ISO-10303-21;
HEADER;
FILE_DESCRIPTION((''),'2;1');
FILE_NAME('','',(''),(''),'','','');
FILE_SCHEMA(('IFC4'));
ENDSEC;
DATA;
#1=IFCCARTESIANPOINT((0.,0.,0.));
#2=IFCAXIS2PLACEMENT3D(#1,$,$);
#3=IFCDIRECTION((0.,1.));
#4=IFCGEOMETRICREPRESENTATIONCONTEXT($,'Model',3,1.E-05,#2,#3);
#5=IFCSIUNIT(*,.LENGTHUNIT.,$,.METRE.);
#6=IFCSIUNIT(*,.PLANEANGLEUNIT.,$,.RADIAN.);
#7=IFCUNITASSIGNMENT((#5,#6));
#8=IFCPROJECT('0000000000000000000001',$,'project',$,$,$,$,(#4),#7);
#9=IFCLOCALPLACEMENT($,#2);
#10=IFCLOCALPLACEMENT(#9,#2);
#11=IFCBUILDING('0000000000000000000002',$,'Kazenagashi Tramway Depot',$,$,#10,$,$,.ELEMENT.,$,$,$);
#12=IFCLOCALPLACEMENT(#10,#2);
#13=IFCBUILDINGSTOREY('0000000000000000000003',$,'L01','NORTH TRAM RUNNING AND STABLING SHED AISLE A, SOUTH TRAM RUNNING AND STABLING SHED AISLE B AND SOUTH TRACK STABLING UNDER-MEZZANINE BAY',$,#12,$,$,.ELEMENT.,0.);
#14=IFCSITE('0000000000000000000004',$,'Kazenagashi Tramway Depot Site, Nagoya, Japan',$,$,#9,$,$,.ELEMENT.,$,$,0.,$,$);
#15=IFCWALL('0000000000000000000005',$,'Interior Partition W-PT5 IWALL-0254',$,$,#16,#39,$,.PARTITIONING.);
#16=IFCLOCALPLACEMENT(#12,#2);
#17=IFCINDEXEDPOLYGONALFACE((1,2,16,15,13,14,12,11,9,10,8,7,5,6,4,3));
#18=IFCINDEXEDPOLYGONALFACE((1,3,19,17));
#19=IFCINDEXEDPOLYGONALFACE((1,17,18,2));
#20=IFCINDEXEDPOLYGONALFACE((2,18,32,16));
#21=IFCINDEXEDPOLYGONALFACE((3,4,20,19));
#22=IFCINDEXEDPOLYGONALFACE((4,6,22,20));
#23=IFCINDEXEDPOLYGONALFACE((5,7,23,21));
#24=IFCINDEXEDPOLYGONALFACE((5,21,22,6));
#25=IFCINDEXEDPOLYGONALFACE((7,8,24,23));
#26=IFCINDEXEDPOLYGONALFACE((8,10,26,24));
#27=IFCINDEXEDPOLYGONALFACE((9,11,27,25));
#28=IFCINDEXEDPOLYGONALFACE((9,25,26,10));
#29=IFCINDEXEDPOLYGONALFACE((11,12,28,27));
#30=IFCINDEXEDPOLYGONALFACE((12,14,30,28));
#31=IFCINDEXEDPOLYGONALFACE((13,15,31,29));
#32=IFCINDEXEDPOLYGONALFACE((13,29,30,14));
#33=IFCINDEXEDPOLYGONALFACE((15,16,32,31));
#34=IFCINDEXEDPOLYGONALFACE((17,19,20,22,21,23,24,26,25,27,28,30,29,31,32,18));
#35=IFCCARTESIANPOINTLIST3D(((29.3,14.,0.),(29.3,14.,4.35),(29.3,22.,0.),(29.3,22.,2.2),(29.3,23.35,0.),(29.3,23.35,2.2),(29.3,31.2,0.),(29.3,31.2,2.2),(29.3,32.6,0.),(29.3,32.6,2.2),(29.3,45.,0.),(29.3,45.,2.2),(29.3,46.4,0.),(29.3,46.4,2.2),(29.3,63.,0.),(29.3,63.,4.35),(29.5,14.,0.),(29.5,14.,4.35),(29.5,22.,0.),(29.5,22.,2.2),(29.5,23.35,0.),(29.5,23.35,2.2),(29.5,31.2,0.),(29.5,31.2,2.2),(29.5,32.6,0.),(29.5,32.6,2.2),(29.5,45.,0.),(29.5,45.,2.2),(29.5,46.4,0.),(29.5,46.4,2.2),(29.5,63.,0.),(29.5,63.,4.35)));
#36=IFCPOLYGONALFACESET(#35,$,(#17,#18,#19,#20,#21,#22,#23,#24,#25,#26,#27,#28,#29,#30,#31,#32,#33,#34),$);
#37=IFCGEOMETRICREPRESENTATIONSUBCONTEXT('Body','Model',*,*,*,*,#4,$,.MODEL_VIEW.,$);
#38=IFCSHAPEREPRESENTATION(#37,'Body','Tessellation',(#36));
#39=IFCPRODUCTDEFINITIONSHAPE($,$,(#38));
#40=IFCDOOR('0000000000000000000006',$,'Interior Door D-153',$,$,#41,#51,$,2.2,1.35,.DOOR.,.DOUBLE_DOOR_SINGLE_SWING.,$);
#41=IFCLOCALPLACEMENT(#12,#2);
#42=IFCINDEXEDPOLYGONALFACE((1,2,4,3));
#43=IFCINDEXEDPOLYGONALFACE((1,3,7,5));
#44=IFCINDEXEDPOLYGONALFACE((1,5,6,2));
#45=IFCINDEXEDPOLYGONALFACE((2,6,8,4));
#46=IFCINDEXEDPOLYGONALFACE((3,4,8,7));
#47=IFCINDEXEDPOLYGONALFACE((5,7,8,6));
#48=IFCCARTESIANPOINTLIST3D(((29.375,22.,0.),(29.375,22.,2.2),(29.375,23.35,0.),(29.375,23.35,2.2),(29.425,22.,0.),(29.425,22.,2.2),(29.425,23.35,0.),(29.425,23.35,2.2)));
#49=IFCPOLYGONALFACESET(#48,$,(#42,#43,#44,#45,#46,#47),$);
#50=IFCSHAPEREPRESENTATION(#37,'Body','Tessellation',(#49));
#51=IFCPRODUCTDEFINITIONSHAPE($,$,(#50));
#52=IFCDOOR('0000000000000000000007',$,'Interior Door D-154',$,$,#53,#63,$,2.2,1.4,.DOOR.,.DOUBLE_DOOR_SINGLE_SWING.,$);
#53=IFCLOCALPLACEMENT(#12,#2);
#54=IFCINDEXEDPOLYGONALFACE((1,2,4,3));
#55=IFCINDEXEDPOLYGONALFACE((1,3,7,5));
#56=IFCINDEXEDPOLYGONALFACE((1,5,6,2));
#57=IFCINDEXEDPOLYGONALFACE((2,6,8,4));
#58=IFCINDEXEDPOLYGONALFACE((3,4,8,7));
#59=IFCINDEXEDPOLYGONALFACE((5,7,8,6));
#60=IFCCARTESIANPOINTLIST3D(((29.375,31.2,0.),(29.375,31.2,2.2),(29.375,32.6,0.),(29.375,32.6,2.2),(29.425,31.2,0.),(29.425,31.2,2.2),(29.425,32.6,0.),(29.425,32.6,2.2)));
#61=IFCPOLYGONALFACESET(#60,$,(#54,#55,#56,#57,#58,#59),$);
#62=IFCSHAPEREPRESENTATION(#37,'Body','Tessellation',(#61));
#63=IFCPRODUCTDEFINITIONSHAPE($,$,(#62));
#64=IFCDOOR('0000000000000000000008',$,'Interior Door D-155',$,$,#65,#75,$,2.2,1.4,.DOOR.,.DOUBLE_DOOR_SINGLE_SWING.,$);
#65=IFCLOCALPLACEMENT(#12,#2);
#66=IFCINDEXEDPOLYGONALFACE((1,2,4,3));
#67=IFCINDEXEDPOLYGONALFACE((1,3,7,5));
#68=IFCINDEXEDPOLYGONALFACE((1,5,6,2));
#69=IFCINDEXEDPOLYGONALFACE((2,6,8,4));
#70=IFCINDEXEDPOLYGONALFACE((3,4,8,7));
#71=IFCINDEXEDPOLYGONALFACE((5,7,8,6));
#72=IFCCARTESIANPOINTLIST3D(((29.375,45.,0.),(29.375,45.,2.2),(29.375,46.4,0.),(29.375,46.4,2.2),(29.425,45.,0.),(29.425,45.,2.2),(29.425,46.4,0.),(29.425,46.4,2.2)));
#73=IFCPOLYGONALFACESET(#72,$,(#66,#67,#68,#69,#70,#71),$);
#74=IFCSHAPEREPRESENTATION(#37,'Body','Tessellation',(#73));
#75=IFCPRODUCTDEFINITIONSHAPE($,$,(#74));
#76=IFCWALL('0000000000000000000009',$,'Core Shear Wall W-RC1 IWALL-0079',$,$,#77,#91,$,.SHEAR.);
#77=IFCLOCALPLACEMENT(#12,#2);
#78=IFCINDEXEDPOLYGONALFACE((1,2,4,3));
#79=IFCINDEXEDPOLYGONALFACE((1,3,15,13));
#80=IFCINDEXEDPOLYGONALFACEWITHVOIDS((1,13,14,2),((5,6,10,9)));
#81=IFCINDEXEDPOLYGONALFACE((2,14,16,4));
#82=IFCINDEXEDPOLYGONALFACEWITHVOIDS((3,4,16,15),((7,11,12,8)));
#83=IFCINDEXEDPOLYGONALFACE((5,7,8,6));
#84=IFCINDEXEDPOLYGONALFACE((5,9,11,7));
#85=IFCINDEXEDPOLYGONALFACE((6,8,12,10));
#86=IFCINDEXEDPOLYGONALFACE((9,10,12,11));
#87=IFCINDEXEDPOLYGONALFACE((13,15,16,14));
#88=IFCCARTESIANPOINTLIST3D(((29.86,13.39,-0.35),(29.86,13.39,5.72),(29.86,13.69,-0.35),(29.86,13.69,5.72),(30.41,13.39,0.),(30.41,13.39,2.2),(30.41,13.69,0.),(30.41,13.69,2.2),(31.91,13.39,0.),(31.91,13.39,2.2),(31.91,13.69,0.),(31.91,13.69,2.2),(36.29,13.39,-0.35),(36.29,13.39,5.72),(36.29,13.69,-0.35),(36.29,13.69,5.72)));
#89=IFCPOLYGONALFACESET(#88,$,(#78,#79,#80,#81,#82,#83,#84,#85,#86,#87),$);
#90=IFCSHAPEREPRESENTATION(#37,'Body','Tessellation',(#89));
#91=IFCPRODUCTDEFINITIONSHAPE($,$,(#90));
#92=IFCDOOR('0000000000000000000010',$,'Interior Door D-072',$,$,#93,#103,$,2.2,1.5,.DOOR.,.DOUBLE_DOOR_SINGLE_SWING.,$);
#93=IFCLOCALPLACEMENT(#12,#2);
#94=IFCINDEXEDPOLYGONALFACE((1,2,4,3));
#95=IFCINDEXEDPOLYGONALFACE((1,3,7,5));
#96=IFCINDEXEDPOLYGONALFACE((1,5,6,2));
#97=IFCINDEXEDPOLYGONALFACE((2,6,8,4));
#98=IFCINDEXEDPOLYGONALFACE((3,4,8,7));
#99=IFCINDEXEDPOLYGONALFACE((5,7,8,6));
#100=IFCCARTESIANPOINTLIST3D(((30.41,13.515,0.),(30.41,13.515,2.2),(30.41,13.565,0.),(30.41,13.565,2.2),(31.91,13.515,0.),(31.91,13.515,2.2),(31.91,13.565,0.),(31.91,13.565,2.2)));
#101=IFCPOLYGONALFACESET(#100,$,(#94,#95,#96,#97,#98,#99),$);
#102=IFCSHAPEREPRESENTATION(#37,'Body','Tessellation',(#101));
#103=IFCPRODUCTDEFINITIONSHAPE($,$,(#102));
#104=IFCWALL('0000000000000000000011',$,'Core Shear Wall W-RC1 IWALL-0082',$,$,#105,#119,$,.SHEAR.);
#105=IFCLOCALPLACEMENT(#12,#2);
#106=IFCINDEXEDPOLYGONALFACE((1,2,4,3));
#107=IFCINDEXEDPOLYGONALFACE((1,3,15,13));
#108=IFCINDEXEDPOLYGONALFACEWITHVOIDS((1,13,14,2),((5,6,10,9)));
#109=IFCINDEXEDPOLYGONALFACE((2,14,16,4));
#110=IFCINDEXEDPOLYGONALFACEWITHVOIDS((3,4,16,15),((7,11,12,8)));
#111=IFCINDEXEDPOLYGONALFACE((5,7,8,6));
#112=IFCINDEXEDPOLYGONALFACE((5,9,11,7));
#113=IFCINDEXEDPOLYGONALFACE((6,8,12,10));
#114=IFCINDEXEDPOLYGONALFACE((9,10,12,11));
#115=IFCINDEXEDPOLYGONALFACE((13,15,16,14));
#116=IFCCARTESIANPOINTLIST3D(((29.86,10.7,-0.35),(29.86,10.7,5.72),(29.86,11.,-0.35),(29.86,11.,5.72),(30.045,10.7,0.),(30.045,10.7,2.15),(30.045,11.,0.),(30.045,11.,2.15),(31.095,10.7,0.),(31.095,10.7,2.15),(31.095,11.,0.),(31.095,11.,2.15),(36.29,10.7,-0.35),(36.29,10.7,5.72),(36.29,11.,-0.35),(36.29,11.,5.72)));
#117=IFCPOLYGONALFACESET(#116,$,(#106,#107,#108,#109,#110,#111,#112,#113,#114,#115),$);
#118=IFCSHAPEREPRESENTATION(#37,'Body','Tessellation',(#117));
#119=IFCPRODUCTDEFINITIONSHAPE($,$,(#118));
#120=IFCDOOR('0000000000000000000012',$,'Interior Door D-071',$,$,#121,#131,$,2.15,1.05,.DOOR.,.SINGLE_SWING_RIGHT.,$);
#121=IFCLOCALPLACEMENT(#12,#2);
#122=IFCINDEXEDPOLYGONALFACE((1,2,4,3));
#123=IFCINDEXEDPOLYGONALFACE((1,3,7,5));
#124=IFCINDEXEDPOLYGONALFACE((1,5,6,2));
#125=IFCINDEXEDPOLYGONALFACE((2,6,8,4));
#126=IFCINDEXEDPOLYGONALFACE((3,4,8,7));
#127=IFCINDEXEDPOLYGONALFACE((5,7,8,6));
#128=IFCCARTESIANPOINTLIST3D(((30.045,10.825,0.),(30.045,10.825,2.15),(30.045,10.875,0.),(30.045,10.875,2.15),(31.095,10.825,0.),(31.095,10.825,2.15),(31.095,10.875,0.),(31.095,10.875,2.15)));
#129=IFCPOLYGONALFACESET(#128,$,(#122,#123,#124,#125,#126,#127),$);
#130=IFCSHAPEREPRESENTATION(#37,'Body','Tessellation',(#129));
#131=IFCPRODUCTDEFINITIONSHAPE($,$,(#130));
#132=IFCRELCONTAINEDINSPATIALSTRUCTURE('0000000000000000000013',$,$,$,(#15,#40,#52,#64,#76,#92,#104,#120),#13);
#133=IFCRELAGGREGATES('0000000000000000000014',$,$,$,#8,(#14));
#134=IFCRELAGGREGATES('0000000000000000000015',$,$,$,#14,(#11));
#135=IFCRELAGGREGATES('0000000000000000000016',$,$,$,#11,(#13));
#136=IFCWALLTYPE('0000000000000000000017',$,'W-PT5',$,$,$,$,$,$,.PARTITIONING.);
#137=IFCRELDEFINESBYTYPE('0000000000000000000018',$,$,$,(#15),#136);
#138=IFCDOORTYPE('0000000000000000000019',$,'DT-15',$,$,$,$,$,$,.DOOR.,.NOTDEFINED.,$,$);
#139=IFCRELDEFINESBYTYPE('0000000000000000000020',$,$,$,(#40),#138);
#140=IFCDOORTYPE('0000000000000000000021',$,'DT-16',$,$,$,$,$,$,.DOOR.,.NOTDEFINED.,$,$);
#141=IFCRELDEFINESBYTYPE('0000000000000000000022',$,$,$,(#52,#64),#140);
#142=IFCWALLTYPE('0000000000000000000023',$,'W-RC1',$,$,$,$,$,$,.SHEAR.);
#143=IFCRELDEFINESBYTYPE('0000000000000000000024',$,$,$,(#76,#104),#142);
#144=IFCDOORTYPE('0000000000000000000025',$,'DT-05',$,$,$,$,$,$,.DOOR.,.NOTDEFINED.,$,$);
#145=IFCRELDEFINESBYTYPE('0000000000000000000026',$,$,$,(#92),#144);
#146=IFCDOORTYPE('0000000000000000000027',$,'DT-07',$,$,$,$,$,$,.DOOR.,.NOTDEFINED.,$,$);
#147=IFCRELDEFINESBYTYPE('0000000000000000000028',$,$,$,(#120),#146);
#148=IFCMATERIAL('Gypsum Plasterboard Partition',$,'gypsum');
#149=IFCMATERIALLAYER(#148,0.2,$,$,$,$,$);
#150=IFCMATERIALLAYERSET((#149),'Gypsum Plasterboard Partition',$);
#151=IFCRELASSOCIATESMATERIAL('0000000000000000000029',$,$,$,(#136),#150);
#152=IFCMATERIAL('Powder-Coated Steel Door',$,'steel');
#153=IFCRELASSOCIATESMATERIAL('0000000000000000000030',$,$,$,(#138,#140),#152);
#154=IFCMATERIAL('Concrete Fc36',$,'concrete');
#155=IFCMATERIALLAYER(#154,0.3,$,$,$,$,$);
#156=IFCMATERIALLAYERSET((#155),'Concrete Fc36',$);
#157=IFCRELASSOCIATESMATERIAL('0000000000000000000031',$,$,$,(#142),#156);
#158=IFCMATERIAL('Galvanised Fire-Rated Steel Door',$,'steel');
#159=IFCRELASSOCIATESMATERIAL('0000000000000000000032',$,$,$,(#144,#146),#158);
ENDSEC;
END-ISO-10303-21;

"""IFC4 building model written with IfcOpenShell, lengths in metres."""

from ifc_helpers import new_model, si_unit, direction, frame, frame_2d, origin, place, context, subcontext, project, spatial, rectangle, extrude, material, layer, layer_set, type_object, element, fill, save


model = new_model("IFC4")

# Units and contexts
model_context = context("Model", 3, precision=1e-05, world=origin(), true_north=direction((0.0, 1.0)))
body_context = subcontext(model_context, "Body", "Model", "MODEL_VIEW")
ifc_project = project(units=[si_unit("LENGTHUNIT", "METRE"), si_unit("PLANEANGLEUNIT", "RADIAN")], contexts=[model_context])

# Site, building, storey
site_placement = place(None, origin())
site = spatial("IfcSite", under=ifc_project, at=site_placement, Name="Kazenagashi Tramway Depot Site, Nagoya, Japan", CompositionType="ELEMENT", RefElevation=0.0)
building_placement = place(site_placement, origin())
building = spatial("IfcBuilding", under=site, at=building_placement, Name="Kazenagashi Tramway Depot", CompositionType="ELEMENT")
storey_placement = place(building_placement, origin())
storey = spatial("IfcBuildingStorey", under=building, at=storey_placement, Name="L01", Description="NORTH TRAM RUNNING AND STABLING SHED AISLE A, SOUTH TRAM RUNNING AND STABLING SHED AISLE B AND SOUTH TRACK STABLING UNDER-MEZZANINE BAY", CompositionType="ELEMENT", Elevation=0.0)

# Wall, openings, doors
ifc_material_1 = material(Name="Gypsum Plasterboard Partition", Category="gypsum")
ifc_layer_1 = layer(ifc_material_1, 0.2)
ifc_layer_set_1 = layer_set([ifc_layer_1], Name="Gypsum Plasterboard Partition")
wall_type_1 = type_object("IfcWallType", Name="W-PT5", PredefinedType="PARTITIONING", material=ifc_layer_set_1)
wall_1_placement = place(storey_placement, frame((29.4, 14.0, 0.0), z_axis=(0.0, 0.0, 1.0), x_axis=(0.0, 1.0, 0.0)))
wall_1 = element("IfcWall", 1, at=wall_1_placement, inside=storey, type_object=wall_type_1, Name="Interior Partition W-PT5 IWALL-0254", PredefinedType="PARTITIONING", context=body_context, shape_type="SweptSolid", body=[
    extrude(rectangle(XDim=49.0, YDim=0.2, at=frame_2d((24.5, 0.0))), origin(), (0.0, 0.0, 1.0), 4.35),
])
opening_1_placement = place(wall_1_placement, frame((8.0, 0.0, 0.0)))
opening_1 = element("IfcOpeningElement", 2, at=opening_1_placement, cuts=wall_1, PredefinedType="OPENING", context=body_context, shape_type="SweptSolid", body=[
    extrude(rectangle(XDim=1.35, YDim=2.2, at=frame_2d((0.675, 1.1))), frame((0.0, 0.11, 0.0), z_axis=(0.0, -1.0, 0.0), x_axis=(1.0, 0.0, 0.0)), (0.0, 0.0, 1.0), 0.22),
])
opening_2_placement = place(wall_1_placement, frame((17.2, 0.0, 0.0)))
opening_2 = element("IfcOpeningElement", 3, at=opening_2_placement, cuts=wall_1, PredefinedType="OPENING", context=body_context, shape_type="SweptSolid", body=[
    extrude(rectangle(XDim=1.4, YDim=2.2, at=frame_2d((0.7, 1.1))), frame((0.0, 0.11, 0.0), z_axis=(0.0, -1.0, 0.0), x_axis=(1.0, 0.0, 0.0)), (0.0, 0.0, 1.0), 0.22),
])
opening_3_placement = place(wall_1_placement, frame((31.0, 0.0, 0.0)))
opening_3 = element("IfcOpeningElement", 4, at=opening_3_placement, cuts=wall_1, PredefinedType="OPENING", context=body_context, shape_type="SweptSolid", body=[
    extrude(rectangle(XDim=1.4, YDim=2.2, at=frame_2d((0.7, 1.1))), frame((0.0, 0.11, 0.0), z_axis=(0.0, -1.0, 0.0), x_axis=(1.0, 0.0, 0.0)), (0.0, 0.0, 1.0), 0.22),
])
ifc_material_2 = material(Name="Powder-Coated Steel Door", Category="steel")
door_type_1 = type_object("IfcDoorType", Name="DT-15", OperationType="NOTDEFINED", PredefinedType="DOOR", material=ifc_material_2)
door_1_placement = place(opening_1_placement, origin())
door_1 = element("IfcDoor", 5, at=door_1_placement, inside=storey, type_object=door_type_1, Name="Interior Door D-153", OperationType="DOUBLE_DOOR_SINGLE_SWING", OverallHeight=2.2, OverallWidth=1.35, PredefinedType="DOOR", context=body_context, shape_type="SweptSolid", body=[
    extrude(rectangle(XDim=1.35, YDim=2.2, at=frame_2d((0.675, 1.1))), frame((0.0, 0.025, 0.0), z_axis=(0.0, -1.0, 0.0), x_axis=(1.0, 0.0, 0.0)), (0.0, 0.0, 1.0), 0.05),
])
fill(opening_1, door_1)
door_type_2 = type_object("IfcDoorType", Name="DT-16", OperationType="NOTDEFINED", PredefinedType="DOOR", material=ifc_material_2)
door_2_placement = place(opening_2_placement, origin())
door_2 = element("IfcDoor", 6, at=door_2_placement, inside=storey, type_object=door_type_2, Name="Interior Door D-154", OperationType="DOUBLE_DOOR_SINGLE_SWING", OverallHeight=2.2, OverallWidth=1.4, PredefinedType="DOOR", context=body_context, shape_type="SweptSolid", body=[
    extrude(rectangle(XDim=1.4, YDim=2.2, at=frame_2d((0.7, 1.1))), frame((0.0, 0.025, 0.0), z_axis=(0.0, -1.0, 0.0), x_axis=(1.0, 0.0, 0.0)), (0.0, 0.0, 1.0), 0.05),
])
fill(opening_2, door_2)
door_3_placement = place(opening_3_placement, origin())
door_3 = element("IfcDoor", 7, at=door_3_placement, inside=storey, type_object=door_type_2, Name="Interior Door D-155", OperationType="DOUBLE_DOOR_SINGLE_SWING", OverallHeight=2.2, OverallWidth=1.4, PredefinedType="DOOR", context=body_context, shape_type="SweptSolid", body=[
    extrude(rectangle(XDim=1.4, YDim=2.2, at=frame_2d((0.7, 1.1))), frame((0.0, 0.025, 0.0), z_axis=(0.0, -1.0, 0.0), x_axis=(1.0, 0.0, 0.0)), (0.0, 0.0, 1.0), 0.05),
])
fill(opening_3, door_3)

# Walls, openings, doors
ifc_material_3 = material(Name="Concrete Fc36", Category="concrete")
ifc_layer_2 = layer(ifc_material_3, 0.3)
ifc_layer_set_2 = layer_set([ifc_layer_2], Name="Concrete Fc36")
wall_type_2 = type_object("IfcWallType", Name="W-RC1", PredefinedType="SHEAR", material=ifc_layer_set_2)
wall_2_placement = place(storey_placement, frame((29.86, 13.54, -0.35), z_axis=(0.0, 0.0, 1.0), x_axis=(1.0, 0.0, 0.0)))
wall_2 = element("IfcWall", 8, at=wall_2_placement, inside=storey, type_object=wall_type_2, Name="Core Shear Wall W-RC1 IWALL-0079", PredefinedType="SHEAR", context=body_context, shape_type="SweptSolid", body=[
    extrude(rectangle(XDim=6.43, YDim=0.3, at=frame_2d((3.215, 0.0))), origin(), (0.0, 0.0, 1.0), 6.07),
])
opening_4_placement = place(wall_2_placement, frame((0.55, 0.0, 0.35)))
opening_4 = element("IfcOpeningElement", 9, at=opening_4_placement, cuts=wall_2, PredefinedType="OPENING", context=body_context, shape_type="SweptSolid", body=[
    extrude(rectangle(XDim=1.5, YDim=2.2, at=frame_2d((0.75, 1.1))), frame((0.0, 0.16, 0.0), z_axis=(0.0, -1.0, 0.0), x_axis=(1.0, 0.0, 0.0)), (0.0, 0.0, 1.0), 0.32),
])
ifc_material_4 = material(Name="Galvanised Fire-Rated Steel Door", Category="steel")
door_type_3 = type_object("IfcDoorType", Name="DT-05", OperationType="NOTDEFINED", PredefinedType="DOOR", material=ifc_material_4)
door_4_placement = place(opening_4_placement, origin())
door_4 = element("IfcDoor", 10, at=door_4_placement, inside=storey, type_object=door_type_3, Name="Interior Door D-072", OperationType="DOUBLE_DOOR_SINGLE_SWING", OverallHeight=2.2, OverallWidth=1.5, PredefinedType="DOOR", context=body_context, shape_type="SweptSolid", body=[
    extrude(rectangle(XDim=1.5, YDim=2.2, at=frame_2d((0.75, 1.1))), frame((0.0, 0.025, 0.0), z_axis=(0.0, -1.0, 0.0), x_axis=(1.0, 0.0, 0.0)), (0.0, 0.0, 1.0), 0.05),
])
fill(opening_4, door_4)
wall_3_placement = place(storey_placement, frame((29.86, 10.85, -0.35), z_axis=(0.0, 0.0, 1.0), x_axis=(1.0, 0.0, 0.0)))
wall_3 = element("IfcWall", 11, at=wall_3_placement, inside=storey, type_object=wall_type_2, Name="Core Shear Wall W-RC1 IWALL-0082", PredefinedType="SHEAR", context=body_context, shape_type="SweptSolid", body=[
    extrude(rectangle(XDim=6.43, YDim=0.3, at=frame_2d((3.215, 0.0))), origin(), (0.0, 0.0, 1.0), 6.07),
])
opening_5_placement = place(wall_3_placement, frame((0.185, 0.0, 0.35)))
opening_5 = element("IfcOpeningElement", 12, at=opening_5_placement, cuts=wall_3, PredefinedType="OPENING", context=body_context, shape_type="SweptSolid", body=[
    extrude(rectangle(XDim=1.05, YDim=2.15, at=frame_2d((0.525, 1.075))), frame((0.0, 0.16, 0.0), z_axis=(0.0, -1.0, 0.0), x_axis=(1.0, 0.0, 0.0)), (0.0, 0.0, 1.0), 0.32),
])
door_type_4 = type_object("IfcDoorType", Name="DT-07", OperationType="NOTDEFINED", PredefinedType="DOOR", material=ifc_material_4)
door_5_placement = place(opening_5_placement, origin())
door_5 = element("IfcDoor", 13, at=door_5_placement, inside=storey, type_object=door_type_4, Name="Interior Door D-071", OperationType="SINGLE_SWING_RIGHT", OverallHeight=2.15, OverallWidth=1.05, PredefinedType="DOOR", context=body_context, shape_type="SweptSolid", body=[
    extrude(rectangle(XDim=1.05, YDim=2.15, at=frame_2d((0.525, 1.075))), frame((0.0, 0.025, 0.0), z_axis=(0.0, -1.0, 0.0), x_axis=(1.0, 0.0, 0.0)), (0.0, 0.0, 1.0), 0.05),
])
fill(opening_5, door_5)

save(model, "model.ifc")
